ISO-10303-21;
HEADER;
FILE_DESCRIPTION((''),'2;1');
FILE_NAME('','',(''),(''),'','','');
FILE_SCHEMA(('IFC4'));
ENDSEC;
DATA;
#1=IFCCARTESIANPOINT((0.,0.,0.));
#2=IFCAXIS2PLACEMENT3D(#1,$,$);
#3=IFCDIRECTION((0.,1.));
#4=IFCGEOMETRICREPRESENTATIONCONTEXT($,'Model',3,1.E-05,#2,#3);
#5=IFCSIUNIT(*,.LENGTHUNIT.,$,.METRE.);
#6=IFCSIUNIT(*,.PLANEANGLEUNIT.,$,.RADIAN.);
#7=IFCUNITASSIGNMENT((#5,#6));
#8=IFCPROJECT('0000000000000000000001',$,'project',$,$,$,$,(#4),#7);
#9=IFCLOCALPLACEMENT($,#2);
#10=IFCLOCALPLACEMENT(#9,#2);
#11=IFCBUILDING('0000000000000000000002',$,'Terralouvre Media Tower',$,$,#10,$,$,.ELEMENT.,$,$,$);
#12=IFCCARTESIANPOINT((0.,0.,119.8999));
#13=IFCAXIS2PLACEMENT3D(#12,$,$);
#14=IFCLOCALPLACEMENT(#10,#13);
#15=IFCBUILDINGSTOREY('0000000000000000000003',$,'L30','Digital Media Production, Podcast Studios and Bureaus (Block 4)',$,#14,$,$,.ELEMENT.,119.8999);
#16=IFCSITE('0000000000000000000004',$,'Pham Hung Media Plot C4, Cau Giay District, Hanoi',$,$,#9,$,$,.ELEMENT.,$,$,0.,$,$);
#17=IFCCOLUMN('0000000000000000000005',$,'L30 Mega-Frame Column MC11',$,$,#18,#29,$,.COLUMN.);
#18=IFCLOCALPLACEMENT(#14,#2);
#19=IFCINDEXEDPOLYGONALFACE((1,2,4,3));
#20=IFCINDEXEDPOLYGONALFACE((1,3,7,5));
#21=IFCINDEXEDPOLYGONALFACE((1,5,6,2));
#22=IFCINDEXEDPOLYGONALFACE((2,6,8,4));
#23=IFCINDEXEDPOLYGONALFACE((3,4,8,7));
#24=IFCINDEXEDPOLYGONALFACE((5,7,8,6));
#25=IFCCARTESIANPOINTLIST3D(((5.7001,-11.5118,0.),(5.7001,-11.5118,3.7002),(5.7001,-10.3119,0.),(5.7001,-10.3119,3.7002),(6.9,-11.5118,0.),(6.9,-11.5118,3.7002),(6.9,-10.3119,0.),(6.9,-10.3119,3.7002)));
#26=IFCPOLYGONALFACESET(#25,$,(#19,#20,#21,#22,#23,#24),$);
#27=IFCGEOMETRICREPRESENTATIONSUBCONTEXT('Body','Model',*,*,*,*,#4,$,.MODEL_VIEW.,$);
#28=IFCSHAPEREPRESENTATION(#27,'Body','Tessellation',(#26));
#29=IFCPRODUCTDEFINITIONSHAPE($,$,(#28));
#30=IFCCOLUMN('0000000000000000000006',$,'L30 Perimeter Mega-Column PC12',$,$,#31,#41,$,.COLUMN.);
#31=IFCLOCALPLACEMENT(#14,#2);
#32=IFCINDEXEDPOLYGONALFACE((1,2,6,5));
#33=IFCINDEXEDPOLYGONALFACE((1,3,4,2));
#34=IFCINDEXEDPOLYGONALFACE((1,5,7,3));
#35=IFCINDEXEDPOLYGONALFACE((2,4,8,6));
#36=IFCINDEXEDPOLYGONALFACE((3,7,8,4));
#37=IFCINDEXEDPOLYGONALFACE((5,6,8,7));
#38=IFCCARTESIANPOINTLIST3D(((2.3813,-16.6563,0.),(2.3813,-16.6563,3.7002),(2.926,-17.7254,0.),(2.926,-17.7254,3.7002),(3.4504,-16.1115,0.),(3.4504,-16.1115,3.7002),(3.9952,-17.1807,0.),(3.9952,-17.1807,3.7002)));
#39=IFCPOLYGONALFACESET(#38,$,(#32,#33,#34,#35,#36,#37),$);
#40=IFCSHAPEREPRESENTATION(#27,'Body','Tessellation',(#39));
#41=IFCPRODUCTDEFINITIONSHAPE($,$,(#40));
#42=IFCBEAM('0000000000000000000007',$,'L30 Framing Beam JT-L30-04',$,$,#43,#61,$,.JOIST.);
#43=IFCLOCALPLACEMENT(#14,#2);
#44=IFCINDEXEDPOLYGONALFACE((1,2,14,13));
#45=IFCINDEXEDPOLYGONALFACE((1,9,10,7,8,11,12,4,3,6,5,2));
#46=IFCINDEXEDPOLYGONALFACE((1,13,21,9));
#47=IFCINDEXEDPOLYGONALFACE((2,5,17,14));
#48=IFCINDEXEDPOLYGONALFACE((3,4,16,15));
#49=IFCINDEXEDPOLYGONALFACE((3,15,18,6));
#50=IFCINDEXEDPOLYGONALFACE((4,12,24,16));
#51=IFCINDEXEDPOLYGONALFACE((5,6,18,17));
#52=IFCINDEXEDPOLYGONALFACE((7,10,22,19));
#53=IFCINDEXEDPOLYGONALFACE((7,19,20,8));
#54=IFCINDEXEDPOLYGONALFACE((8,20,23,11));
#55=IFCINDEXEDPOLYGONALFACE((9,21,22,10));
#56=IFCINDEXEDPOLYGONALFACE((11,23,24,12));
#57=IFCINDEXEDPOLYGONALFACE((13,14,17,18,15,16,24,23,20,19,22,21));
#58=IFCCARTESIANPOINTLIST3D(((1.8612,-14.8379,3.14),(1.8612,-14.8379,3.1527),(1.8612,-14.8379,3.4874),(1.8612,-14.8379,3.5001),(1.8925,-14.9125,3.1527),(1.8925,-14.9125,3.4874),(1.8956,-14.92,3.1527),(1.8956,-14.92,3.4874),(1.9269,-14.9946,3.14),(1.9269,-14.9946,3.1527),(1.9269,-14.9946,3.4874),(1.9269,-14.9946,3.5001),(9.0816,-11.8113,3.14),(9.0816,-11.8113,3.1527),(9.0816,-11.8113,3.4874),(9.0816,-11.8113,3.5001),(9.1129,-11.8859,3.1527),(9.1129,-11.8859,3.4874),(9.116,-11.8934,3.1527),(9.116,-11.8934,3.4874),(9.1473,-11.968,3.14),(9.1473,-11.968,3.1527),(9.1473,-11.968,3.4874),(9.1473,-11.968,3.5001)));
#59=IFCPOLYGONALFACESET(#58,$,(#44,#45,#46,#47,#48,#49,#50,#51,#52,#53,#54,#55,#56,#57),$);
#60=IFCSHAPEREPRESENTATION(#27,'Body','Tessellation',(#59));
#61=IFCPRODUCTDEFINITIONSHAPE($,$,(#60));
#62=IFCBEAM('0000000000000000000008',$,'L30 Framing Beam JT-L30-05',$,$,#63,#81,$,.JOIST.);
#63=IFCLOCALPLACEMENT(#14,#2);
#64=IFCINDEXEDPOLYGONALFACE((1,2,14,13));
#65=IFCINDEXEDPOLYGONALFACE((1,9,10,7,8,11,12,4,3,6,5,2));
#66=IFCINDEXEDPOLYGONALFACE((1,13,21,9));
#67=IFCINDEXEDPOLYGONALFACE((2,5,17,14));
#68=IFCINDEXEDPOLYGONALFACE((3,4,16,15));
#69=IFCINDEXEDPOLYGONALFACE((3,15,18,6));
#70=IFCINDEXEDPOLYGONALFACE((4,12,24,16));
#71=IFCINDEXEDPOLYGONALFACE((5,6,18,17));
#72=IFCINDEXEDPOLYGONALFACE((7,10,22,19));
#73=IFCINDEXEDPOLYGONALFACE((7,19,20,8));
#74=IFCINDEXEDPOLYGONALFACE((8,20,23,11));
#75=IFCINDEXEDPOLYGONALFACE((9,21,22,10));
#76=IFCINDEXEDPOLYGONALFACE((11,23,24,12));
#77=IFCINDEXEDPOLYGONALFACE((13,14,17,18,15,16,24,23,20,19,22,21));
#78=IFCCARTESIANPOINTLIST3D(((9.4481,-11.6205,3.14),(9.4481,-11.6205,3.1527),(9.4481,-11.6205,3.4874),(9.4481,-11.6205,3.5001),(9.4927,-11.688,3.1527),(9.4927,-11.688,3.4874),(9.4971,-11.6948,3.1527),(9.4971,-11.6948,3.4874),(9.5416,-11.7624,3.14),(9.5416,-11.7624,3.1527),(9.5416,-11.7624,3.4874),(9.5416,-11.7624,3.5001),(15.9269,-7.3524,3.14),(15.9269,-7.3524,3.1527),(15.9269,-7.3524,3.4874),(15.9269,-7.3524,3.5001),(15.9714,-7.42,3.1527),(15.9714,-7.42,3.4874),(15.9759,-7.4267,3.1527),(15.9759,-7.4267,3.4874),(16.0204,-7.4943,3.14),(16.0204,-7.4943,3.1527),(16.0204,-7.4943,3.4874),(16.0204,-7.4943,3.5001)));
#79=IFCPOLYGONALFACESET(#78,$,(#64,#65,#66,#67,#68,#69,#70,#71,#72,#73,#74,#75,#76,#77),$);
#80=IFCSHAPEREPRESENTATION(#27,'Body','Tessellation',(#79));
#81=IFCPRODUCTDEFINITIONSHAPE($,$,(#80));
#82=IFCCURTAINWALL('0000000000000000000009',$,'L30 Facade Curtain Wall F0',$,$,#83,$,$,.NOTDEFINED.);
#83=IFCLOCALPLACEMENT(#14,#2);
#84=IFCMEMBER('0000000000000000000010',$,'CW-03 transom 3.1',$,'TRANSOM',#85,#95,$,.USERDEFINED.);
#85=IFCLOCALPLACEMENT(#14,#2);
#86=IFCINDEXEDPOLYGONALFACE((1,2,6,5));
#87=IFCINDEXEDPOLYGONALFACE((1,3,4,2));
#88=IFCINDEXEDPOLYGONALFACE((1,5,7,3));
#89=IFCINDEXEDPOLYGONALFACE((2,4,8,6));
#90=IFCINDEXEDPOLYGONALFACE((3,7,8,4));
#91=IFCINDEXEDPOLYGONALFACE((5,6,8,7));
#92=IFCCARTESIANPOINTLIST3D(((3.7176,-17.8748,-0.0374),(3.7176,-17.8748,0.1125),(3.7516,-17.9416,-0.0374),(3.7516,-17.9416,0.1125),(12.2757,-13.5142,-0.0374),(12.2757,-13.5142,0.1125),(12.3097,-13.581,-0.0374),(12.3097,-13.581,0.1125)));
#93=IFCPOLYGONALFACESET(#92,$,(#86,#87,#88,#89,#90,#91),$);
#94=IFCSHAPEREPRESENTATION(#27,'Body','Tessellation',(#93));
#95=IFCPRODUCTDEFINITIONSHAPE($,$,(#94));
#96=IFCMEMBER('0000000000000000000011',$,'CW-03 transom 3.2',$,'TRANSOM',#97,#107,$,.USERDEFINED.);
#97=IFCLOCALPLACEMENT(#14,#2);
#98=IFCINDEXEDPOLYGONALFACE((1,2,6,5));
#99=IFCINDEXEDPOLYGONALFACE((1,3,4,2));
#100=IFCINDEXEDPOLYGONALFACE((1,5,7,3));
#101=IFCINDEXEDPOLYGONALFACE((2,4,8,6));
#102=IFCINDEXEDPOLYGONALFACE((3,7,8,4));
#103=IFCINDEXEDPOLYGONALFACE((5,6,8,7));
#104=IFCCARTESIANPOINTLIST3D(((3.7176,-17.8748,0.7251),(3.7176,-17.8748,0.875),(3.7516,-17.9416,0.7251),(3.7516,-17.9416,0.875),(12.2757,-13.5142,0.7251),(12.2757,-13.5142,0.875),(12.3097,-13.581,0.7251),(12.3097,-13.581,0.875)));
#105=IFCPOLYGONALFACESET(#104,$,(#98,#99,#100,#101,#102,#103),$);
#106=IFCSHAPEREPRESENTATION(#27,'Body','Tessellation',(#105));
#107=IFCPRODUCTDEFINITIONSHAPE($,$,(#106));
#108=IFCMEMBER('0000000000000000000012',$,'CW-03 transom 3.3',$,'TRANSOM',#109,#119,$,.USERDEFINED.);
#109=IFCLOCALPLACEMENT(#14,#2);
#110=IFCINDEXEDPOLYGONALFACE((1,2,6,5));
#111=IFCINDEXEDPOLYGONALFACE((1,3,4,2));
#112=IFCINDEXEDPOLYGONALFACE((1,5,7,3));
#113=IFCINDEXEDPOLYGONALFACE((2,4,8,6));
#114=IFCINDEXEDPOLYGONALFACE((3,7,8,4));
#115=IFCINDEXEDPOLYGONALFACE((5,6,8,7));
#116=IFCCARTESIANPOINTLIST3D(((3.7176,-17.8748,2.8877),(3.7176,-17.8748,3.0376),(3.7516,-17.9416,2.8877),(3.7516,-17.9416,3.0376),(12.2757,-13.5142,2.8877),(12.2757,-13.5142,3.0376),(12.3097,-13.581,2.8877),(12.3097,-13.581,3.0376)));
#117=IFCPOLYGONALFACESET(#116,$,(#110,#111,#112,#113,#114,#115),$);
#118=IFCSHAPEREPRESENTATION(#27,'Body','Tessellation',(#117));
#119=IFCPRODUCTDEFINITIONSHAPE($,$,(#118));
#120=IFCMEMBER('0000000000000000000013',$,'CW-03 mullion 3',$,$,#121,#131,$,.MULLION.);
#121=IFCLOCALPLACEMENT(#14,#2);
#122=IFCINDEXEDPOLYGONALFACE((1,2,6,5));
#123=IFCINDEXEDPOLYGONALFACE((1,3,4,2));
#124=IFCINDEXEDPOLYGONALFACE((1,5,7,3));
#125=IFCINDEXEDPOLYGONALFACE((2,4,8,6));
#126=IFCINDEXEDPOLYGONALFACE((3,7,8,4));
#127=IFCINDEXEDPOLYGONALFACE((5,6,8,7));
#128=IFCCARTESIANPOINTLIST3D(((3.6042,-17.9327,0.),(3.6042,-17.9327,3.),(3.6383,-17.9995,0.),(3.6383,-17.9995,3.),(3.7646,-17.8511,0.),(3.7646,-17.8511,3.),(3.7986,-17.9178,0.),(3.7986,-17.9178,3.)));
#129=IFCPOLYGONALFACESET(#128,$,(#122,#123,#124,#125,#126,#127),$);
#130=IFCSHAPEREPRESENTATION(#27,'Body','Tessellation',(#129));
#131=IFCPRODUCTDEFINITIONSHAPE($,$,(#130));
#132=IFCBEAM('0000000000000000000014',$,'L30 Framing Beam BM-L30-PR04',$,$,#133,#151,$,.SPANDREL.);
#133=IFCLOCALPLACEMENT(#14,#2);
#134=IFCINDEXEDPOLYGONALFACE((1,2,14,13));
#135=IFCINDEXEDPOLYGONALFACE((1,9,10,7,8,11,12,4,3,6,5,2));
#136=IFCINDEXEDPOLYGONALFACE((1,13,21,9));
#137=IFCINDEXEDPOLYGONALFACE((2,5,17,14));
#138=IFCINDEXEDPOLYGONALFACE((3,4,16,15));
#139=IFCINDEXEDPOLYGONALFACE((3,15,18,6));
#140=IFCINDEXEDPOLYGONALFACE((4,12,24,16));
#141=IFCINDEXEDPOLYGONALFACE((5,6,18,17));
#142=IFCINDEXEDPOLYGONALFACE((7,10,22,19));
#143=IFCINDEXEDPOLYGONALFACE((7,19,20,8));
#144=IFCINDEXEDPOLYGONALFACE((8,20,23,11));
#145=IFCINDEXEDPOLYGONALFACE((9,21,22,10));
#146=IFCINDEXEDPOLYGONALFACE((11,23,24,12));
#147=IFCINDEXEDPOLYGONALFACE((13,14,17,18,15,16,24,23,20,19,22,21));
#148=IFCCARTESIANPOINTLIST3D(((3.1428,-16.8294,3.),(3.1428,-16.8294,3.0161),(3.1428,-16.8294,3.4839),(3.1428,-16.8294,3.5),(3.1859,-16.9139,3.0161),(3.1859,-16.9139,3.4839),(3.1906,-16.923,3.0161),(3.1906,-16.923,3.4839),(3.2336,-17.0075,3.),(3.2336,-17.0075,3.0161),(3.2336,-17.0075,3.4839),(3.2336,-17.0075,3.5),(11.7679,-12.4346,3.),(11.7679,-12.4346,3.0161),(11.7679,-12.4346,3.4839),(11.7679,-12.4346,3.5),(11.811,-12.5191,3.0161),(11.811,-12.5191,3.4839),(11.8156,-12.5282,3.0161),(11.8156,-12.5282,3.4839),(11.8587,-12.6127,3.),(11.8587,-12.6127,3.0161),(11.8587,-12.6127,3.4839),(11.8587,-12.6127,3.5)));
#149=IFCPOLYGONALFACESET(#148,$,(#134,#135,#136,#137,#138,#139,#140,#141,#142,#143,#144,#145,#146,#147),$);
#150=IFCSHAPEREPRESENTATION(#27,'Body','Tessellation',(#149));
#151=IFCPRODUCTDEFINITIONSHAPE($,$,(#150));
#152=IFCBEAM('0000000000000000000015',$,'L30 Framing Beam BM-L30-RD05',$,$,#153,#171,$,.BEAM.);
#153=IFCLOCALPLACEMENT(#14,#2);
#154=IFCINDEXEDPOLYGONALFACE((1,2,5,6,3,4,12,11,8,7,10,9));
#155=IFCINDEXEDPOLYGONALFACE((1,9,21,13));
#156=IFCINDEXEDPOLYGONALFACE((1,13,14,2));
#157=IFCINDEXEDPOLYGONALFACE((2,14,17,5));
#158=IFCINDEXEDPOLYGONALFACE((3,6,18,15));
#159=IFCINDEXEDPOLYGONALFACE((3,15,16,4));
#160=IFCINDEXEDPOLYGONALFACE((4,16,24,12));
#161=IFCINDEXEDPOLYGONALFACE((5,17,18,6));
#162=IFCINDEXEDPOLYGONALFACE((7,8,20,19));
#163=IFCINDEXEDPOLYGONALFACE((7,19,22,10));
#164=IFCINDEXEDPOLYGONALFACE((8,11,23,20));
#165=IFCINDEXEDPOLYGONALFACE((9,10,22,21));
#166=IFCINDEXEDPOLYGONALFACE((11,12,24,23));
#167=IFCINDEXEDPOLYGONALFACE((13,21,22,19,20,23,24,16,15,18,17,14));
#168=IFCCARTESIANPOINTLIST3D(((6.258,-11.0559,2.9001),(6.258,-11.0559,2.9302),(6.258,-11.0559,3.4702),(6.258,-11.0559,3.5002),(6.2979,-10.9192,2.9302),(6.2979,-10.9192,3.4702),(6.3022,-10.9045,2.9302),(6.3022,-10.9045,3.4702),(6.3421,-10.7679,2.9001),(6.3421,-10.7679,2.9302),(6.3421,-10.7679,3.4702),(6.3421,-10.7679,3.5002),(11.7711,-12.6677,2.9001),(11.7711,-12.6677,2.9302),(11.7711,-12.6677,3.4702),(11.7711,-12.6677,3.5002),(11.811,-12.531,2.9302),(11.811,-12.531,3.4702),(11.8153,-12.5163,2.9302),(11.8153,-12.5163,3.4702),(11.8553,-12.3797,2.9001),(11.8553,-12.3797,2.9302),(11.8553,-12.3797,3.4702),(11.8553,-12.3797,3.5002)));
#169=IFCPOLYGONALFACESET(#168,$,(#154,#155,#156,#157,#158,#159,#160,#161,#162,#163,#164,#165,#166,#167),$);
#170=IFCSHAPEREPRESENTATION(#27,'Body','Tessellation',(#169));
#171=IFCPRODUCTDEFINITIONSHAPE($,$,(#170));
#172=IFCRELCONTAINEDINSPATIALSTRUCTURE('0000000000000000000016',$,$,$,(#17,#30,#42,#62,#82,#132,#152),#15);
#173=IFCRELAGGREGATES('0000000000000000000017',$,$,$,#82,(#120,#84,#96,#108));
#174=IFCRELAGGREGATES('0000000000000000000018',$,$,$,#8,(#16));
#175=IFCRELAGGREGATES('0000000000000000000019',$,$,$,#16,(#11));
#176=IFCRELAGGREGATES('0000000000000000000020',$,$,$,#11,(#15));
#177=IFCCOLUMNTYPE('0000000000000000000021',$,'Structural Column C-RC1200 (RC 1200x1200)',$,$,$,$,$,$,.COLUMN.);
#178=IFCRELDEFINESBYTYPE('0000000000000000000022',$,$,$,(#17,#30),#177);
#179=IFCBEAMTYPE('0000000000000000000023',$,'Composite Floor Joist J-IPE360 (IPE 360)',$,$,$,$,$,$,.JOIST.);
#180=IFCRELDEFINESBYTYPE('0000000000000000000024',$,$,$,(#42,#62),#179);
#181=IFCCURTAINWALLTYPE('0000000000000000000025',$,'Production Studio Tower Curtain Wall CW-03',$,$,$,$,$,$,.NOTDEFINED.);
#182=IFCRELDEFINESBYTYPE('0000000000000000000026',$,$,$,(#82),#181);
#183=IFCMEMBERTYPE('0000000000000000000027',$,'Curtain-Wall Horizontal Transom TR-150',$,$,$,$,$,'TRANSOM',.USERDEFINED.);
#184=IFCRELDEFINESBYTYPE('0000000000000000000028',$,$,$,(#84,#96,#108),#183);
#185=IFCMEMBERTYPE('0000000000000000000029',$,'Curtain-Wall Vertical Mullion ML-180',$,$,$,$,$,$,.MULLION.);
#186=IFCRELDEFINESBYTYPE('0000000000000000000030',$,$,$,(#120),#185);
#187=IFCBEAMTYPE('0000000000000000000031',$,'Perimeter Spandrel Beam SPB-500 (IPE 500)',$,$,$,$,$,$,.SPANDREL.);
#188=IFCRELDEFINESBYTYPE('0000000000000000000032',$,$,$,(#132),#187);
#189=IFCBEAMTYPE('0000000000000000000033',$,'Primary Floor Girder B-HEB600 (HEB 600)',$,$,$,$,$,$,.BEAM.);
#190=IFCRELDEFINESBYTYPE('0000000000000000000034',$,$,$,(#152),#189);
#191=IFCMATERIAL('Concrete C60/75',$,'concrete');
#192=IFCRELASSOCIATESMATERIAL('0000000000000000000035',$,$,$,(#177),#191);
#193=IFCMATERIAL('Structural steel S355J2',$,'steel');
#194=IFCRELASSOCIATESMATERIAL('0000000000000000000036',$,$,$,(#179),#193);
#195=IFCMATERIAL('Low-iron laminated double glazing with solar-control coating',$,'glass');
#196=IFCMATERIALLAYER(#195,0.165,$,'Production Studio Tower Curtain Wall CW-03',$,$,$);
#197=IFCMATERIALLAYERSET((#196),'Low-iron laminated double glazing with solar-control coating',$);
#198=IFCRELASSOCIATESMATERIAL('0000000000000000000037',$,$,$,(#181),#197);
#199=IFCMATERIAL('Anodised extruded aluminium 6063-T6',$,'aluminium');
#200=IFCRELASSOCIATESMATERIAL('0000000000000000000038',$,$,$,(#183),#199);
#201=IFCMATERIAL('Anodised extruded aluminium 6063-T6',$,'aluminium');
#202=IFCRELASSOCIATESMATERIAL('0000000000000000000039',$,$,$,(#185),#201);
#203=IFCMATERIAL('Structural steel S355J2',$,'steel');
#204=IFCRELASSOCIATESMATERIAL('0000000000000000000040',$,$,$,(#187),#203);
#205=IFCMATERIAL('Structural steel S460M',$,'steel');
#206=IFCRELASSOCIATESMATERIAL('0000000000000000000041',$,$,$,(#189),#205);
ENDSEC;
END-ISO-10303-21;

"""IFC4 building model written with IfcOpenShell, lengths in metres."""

from ifc_helpers import new_model, si_unit, direction, frame, origin, origin_2d, place, context, subcontext, project, spatial, rectangle, i_section, extrude, material, layer, layer_set, material_profile, profile_set, type_object, element, aggregate, save


model = new_model("IFC4")

# Units and contexts
model_context = context("Model", 3, precision=1e-05, world=origin(), true_north=direction((0.0, 1.0)))
body_context = subcontext(model_context, "Body", "Model", "MODEL_VIEW")
ifc_project = project(units=[si_unit("LENGTHUNIT", "METRE"), si_unit("PLANEANGLEUNIT", "RADIAN")], contexts=[model_context])

# Site, building, storey
site_placement = place(None, origin())
site = spatial("IfcSite", under=ifc_project, at=site_placement, Name="Pham Hung Media Plot C4, Cau Giay District, Hanoi", CompositionType="ELEMENT", RefElevation=0.0)
building_placement = place(site_placement, origin())
building = spatial("IfcBuilding", under=site, at=building_placement, Name="Terralouvre Media Tower", CompositionType="ELEMENT")
storey_placement = place(building_placement, frame((0.0, 0.0, 119.8999)))
storey = spatial("IfcBuildingStorey", under=building, at=storey_placement, Name="L30", Description="Digital Media Production, Podcast Studios and Bureaus (Block 4)", CompositionType="ELEMENT", Elevation=119.8999)

# Columns
ifc_material_1 = material(Name="Concrete C60/75", Category="concrete")
ifc_material_profile_1 = material_profile(ifc_material_1, rectangle(XDim=1.2, YDim=1.2, at=origin_2d()), Name="RC 1200x1200")
ifc_profile_set_1 = profile_set([ifc_material_profile_1], Name="Concrete C60/75")
column_type = type_object("IfcColumnType", Name="Structural Column C-RC1200 (RC 1200x1200)", PredefinedType="COLUMN", material=ifc_profile_set_1)
for number, where, z_axis, x_axis, name in (
    (1, (6.3, -10.9119, 0.0), (0.0, 0.0, 1.0), (1.0, 0.0, 0.0), "L30 Mega-Frame Column MC11"),
    (2, (3.1882, -16.9185, 0.0), (0.0, 0.0, 1.0), (0.891007, 0.45399, 0.0), "L30 Perimeter Mega-Column PC12"),
):
    element("IfcColumn", number, at=place(storey_placement, frame(where, z_axis=z_axis, x_axis=x_axis)), inside=storey, type_object=column_type, Name=name, PredefinedType="COLUMN", context=body_context, shape_type="SweptSolid", body=[
        extrude(rectangle(XDim=1.2, YDim=1.2, at=origin_2d()), origin(), (0.0, 0.0, 1.0), 3.7002),
    ])

# Beams
ifc_material_2 = material(Name="Structural steel S355J2", Category="steel")
ifc_material_profile_2 = material_profile(ifc_material_2, i_section(OverallWidth=0.1699, OverallDepth=0.3601, WebThickness=0.0081, FlangeThickness=0.0127, at=origin_2d()), Name="IPE 360")
ifc_profile_set_2 = profile_set([ifc_material_profile_2], Name="Structural steel S355J2")
beam_type_1 = type_object("IfcBeamType", Name="Composite Floor Joist J-IPE360 (IPE 360)", PredefinedType="JOIST", material=ifc_profile_set_2)
beam_1_placement = place(storey_placement, frame((1.894, -14.9163, 3.3201), z_axis=(0.922255, 0.386583, 0.0), x_axis=(-0.386583, 0.922255, 0.0)))
element("IfcBeam", 3, at=beam_1_placement, inside=storey, type_object=beam_type_1, Name="L30 Framing Beam JT-L30-04", PredefinedType="JOIST", context=body_context, shape_type="SweptSolid", body=[
    extrude(i_section(OverallWidth=0.1699, OverallDepth=0.3601, WebThickness=0.0081, FlangeThickness=0.0127, at=origin_2d()), origin(), (0.0, 0.0, 1.0), 7.8291),
])
beam_2_placement = place(storey_placement, frame((9.4949, -11.6914, 3.3201), z_axis=(0.835078, 0.550131, 0.0), x_axis=(-0.550131, 0.835078, 0.0)))
element("IfcBeam", 4, at=beam_2_placement, inside=storey, type_object=beam_type_1, Name="L30 Framing Beam JT-L30-05", PredefinedType="JOIST", context=body_context, shape_type="SweptSolid", body=[
    extrude(i_section(OverallWidth=0.1699, OverallDepth=0.3601, WebThickness=0.0081, FlangeThickness=0.0127, at=origin_2d()), origin(), (0.0, 0.0, 1.0), 7.7583),
])

# Curtain wall, members
ifc_material_3 = material(Name="Low-iron laminated double glazing with solar-control coating", Category="glass")
ifc_layer_1 = layer(ifc_material_3, 0.165, Name="Production Studio Tower Curtain Wall CW-03")
ifc_layer_set_1 = layer_set([ifc_layer_1], Name="Low-iron laminated double glazing with solar-control coating")
curtain_wall_type = type_object("IfcCurtainWallType", Name="Production Studio Tower Curtain Wall CW-03", PredefinedType="NOTDEFINED", material=ifc_layer_set_1)
curtain_wall_placement = place(storey_placement, origin())
curtain_wall = element("IfcCurtainWall", 5, at=curtain_wall_placement, inside=storey, type_object=curtain_wall_type, Name="L30 Facade Curtain Wall F0", PredefinedType="NOTDEFINED")
ifc_material_4 = material(Name="Anodised extruded aluminium 6063-T6", Category="aluminium")
ifc_material_profile_3 = material_profile(ifc_material_4, rectangle(XDim=0.075, YDim=0.1499, at=origin_2d()), Name="ALU 75x150")
ifc_profile_set_3 = profile_set([ifc_material_profile_3], Name="Anodised extruded aluminium 6063-T6")
member_type_1 = type_object("IfcMemberType", Name="Curtain-Wall Horizontal Transom TR-150", ElementType="TRANSOM", PredefinedType="USERDEFINED", material=ifc_profile_set_3)
member_1_placement = place(storey_placement, frame((3.7346, -17.9082, 0.0376), z_axis=(0.891006, 0.453992, 0.0), x_axis=(-0.453992, 0.891006, 0.0)))
member_1 = element("IfcMember", 6, at=member_1_placement, type_object=member_type_1, Name="CW-03 transom 3.1", ObjectType="TRANSOM", PredefinedType="USERDEFINED", context=body_context, shape_type="SweptSolid", body=[
    extrude(rectangle(XDim=0.075, YDim=0.1499, at=origin_2d()), origin(), (0.0, 0.0, 1.0), 9.605),
])
member_2_placement = place(storey_placement, frame((3.7346, -17.9082, 0.8), z_axis=(0.891006, 0.453992, 0.0), x_axis=(-0.453992, 0.891006, 0.0)))
member_2 = element("IfcMember", 7, at=member_2_placement, type_object=member_type_1, Name="CW-03 transom 3.2", ObjectType="TRANSOM", PredefinedType="USERDEFINED", context=body_context, shape_type="SweptSolid", body=[
    extrude(rectangle(XDim=0.075, YDim=0.1499, at=origin_2d()), origin(), (0.0, 0.0, 1.0), 9.605),
])
member_3_placement = place(storey_placement, frame((3.7346, -17.9082, 2.9626), z_axis=(0.891006, 0.453992, 0.0), x_axis=(-0.453992, 0.891006, 0.0)))
member_3 = element("IfcMember", 8, at=member_3_placement, type_object=member_type_1, Name="CW-03 transom 3.3", ObjectType="TRANSOM", PredefinedType="USERDEFINED", context=body_context, shape_type="SweptSolid", body=[
    extrude(rectangle(XDim=0.075, YDim=0.1499, at=origin_2d()), origin(), (0.0, 0.0, 1.0), 9.605),
])
ifc_material_5 = material(Name="Anodised extruded aluminium 6063-T6", Category="aluminium")
ifc_material_profile_4 = material_profile(ifc_material_5, rectangle(XDim=0.075, YDim=0.1799, at=origin_2d()), Name="ALU 75x180")
ifc_profile_set_4 = profile_set([ifc_material_profile_4], Name="Anodised extruded aluminium 6063-T6")
member_type_2 = type_object("IfcMemberType", Name="Curtain-Wall Vertical Mullion ML-180", PredefinedType="MULLION", material=ifc_profile_set_4)
member_4_placement = place(storey_placement, frame((3.7014, -17.9253, 0.0), z_axis=(0.0, 0.0, 1.0), x_axis=(-0.453991, 0.891007, 0.0)))
member_4 = element("IfcMember", 9, at=member_4_placement, type_object=member_type_2, Name="CW-03 mullion 3", PredefinedType="MULLION", context=body_context, shape_type="SweptSolid", body=[
    extrude(rectangle(XDim=0.075, YDim=0.1799, at=origin_2d()), origin(), (0.0, 0.0, 1.0), 3.0),
])

# Beams
ifc_material_6 = material(Name="Structural steel S355J2", Category="steel")
ifc_material_profile_5 = material_profile(ifc_material_6, i_section(OverallWidth=0.2, OverallDepth=0.5, WebThickness=0.0103, FlangeThickness=0.0161, at=origin_2d()), Name="IPE 500")
ifc_profile_set_5 = profile_set([ifc_material_profile_5], Name="Structural steel S355J2")
beam_type_2 = type_object("IfcBeamType", Name="Perimeter Spandrel Beam SPB-500 (IPE 500)", PredefinedType="SPANDREL", material=ifc_profile_set_5)
beam_3_placement = place(storey_placement, frame((3.1882, -16.9185, 3.25), z_axis=(0.891002, 0.454, 0.0), x_axis=(-0.454, 0.891002, 0.0)))
element("IfcBeam", 10, at=beam_3_placement, inside=storey, type_object=beam_type_2, Name="L30 Framing Beam BM-L30-PR04", PredefinedType="SPANDREL", context=body_context, shape_type="SweptSolid", body=[
    extrude(i_section(OverallWidth=0.2, OverallDepth=0.5, WebThickness=0.0103, FlangeThickness=0.0161, at=origin_2d()), origin(), (0.0, 0.0, 1.0), 9.6802),
])
ifc_material_7 = material(Name="Structural steel S460M", Category="steel")
ifc_material_profile_6 = material_profile(ifc_material_7, i_section(OverallWidth=0.3, OverallDepth=0.6001, WebThickness=0.0154, FlangeThickness=0.03, at=origin_2d()), Name="HEB 600")
ifc_profile_set_6 = profile_set([ifc_material_profile_6], Name="Structural steel S460M")
beam_type_3 = type_object("IfcBeamType", Name="Primary Floor Girder B-HEB600 (HEB 600)", PredefinedType="BEAM", material=ifc_profile_set_6)
beam_4_placement = place(storey_placement, frame((6.3, -10.9119, 3.2002), z_axis=(0.959822, -0.28061, 0.0), x_axis=(0.28061, 0.959822, 0.0)))
element("IfcBeam", 11, at=beam_4_placement, inside=storey, type_object=beam_type_3, Name="L30 Framing Beam BM-L30-RD05", PredefinedType="BEAM", context=body_context, shape_type="SweptSolid", body=[
    extrude(i_section(OverallWidth=0.3, OverallDepth=0.6001, WebThickness=0.0154, FlangeThickness=0.03, at=origin_2d()), origin(), (0.0, 0.0, 1.0), 5.7439),
])

aggregate(curtain_wall, [member_4, member_1, member_2, member_3])

save(model, "model.ifc")
